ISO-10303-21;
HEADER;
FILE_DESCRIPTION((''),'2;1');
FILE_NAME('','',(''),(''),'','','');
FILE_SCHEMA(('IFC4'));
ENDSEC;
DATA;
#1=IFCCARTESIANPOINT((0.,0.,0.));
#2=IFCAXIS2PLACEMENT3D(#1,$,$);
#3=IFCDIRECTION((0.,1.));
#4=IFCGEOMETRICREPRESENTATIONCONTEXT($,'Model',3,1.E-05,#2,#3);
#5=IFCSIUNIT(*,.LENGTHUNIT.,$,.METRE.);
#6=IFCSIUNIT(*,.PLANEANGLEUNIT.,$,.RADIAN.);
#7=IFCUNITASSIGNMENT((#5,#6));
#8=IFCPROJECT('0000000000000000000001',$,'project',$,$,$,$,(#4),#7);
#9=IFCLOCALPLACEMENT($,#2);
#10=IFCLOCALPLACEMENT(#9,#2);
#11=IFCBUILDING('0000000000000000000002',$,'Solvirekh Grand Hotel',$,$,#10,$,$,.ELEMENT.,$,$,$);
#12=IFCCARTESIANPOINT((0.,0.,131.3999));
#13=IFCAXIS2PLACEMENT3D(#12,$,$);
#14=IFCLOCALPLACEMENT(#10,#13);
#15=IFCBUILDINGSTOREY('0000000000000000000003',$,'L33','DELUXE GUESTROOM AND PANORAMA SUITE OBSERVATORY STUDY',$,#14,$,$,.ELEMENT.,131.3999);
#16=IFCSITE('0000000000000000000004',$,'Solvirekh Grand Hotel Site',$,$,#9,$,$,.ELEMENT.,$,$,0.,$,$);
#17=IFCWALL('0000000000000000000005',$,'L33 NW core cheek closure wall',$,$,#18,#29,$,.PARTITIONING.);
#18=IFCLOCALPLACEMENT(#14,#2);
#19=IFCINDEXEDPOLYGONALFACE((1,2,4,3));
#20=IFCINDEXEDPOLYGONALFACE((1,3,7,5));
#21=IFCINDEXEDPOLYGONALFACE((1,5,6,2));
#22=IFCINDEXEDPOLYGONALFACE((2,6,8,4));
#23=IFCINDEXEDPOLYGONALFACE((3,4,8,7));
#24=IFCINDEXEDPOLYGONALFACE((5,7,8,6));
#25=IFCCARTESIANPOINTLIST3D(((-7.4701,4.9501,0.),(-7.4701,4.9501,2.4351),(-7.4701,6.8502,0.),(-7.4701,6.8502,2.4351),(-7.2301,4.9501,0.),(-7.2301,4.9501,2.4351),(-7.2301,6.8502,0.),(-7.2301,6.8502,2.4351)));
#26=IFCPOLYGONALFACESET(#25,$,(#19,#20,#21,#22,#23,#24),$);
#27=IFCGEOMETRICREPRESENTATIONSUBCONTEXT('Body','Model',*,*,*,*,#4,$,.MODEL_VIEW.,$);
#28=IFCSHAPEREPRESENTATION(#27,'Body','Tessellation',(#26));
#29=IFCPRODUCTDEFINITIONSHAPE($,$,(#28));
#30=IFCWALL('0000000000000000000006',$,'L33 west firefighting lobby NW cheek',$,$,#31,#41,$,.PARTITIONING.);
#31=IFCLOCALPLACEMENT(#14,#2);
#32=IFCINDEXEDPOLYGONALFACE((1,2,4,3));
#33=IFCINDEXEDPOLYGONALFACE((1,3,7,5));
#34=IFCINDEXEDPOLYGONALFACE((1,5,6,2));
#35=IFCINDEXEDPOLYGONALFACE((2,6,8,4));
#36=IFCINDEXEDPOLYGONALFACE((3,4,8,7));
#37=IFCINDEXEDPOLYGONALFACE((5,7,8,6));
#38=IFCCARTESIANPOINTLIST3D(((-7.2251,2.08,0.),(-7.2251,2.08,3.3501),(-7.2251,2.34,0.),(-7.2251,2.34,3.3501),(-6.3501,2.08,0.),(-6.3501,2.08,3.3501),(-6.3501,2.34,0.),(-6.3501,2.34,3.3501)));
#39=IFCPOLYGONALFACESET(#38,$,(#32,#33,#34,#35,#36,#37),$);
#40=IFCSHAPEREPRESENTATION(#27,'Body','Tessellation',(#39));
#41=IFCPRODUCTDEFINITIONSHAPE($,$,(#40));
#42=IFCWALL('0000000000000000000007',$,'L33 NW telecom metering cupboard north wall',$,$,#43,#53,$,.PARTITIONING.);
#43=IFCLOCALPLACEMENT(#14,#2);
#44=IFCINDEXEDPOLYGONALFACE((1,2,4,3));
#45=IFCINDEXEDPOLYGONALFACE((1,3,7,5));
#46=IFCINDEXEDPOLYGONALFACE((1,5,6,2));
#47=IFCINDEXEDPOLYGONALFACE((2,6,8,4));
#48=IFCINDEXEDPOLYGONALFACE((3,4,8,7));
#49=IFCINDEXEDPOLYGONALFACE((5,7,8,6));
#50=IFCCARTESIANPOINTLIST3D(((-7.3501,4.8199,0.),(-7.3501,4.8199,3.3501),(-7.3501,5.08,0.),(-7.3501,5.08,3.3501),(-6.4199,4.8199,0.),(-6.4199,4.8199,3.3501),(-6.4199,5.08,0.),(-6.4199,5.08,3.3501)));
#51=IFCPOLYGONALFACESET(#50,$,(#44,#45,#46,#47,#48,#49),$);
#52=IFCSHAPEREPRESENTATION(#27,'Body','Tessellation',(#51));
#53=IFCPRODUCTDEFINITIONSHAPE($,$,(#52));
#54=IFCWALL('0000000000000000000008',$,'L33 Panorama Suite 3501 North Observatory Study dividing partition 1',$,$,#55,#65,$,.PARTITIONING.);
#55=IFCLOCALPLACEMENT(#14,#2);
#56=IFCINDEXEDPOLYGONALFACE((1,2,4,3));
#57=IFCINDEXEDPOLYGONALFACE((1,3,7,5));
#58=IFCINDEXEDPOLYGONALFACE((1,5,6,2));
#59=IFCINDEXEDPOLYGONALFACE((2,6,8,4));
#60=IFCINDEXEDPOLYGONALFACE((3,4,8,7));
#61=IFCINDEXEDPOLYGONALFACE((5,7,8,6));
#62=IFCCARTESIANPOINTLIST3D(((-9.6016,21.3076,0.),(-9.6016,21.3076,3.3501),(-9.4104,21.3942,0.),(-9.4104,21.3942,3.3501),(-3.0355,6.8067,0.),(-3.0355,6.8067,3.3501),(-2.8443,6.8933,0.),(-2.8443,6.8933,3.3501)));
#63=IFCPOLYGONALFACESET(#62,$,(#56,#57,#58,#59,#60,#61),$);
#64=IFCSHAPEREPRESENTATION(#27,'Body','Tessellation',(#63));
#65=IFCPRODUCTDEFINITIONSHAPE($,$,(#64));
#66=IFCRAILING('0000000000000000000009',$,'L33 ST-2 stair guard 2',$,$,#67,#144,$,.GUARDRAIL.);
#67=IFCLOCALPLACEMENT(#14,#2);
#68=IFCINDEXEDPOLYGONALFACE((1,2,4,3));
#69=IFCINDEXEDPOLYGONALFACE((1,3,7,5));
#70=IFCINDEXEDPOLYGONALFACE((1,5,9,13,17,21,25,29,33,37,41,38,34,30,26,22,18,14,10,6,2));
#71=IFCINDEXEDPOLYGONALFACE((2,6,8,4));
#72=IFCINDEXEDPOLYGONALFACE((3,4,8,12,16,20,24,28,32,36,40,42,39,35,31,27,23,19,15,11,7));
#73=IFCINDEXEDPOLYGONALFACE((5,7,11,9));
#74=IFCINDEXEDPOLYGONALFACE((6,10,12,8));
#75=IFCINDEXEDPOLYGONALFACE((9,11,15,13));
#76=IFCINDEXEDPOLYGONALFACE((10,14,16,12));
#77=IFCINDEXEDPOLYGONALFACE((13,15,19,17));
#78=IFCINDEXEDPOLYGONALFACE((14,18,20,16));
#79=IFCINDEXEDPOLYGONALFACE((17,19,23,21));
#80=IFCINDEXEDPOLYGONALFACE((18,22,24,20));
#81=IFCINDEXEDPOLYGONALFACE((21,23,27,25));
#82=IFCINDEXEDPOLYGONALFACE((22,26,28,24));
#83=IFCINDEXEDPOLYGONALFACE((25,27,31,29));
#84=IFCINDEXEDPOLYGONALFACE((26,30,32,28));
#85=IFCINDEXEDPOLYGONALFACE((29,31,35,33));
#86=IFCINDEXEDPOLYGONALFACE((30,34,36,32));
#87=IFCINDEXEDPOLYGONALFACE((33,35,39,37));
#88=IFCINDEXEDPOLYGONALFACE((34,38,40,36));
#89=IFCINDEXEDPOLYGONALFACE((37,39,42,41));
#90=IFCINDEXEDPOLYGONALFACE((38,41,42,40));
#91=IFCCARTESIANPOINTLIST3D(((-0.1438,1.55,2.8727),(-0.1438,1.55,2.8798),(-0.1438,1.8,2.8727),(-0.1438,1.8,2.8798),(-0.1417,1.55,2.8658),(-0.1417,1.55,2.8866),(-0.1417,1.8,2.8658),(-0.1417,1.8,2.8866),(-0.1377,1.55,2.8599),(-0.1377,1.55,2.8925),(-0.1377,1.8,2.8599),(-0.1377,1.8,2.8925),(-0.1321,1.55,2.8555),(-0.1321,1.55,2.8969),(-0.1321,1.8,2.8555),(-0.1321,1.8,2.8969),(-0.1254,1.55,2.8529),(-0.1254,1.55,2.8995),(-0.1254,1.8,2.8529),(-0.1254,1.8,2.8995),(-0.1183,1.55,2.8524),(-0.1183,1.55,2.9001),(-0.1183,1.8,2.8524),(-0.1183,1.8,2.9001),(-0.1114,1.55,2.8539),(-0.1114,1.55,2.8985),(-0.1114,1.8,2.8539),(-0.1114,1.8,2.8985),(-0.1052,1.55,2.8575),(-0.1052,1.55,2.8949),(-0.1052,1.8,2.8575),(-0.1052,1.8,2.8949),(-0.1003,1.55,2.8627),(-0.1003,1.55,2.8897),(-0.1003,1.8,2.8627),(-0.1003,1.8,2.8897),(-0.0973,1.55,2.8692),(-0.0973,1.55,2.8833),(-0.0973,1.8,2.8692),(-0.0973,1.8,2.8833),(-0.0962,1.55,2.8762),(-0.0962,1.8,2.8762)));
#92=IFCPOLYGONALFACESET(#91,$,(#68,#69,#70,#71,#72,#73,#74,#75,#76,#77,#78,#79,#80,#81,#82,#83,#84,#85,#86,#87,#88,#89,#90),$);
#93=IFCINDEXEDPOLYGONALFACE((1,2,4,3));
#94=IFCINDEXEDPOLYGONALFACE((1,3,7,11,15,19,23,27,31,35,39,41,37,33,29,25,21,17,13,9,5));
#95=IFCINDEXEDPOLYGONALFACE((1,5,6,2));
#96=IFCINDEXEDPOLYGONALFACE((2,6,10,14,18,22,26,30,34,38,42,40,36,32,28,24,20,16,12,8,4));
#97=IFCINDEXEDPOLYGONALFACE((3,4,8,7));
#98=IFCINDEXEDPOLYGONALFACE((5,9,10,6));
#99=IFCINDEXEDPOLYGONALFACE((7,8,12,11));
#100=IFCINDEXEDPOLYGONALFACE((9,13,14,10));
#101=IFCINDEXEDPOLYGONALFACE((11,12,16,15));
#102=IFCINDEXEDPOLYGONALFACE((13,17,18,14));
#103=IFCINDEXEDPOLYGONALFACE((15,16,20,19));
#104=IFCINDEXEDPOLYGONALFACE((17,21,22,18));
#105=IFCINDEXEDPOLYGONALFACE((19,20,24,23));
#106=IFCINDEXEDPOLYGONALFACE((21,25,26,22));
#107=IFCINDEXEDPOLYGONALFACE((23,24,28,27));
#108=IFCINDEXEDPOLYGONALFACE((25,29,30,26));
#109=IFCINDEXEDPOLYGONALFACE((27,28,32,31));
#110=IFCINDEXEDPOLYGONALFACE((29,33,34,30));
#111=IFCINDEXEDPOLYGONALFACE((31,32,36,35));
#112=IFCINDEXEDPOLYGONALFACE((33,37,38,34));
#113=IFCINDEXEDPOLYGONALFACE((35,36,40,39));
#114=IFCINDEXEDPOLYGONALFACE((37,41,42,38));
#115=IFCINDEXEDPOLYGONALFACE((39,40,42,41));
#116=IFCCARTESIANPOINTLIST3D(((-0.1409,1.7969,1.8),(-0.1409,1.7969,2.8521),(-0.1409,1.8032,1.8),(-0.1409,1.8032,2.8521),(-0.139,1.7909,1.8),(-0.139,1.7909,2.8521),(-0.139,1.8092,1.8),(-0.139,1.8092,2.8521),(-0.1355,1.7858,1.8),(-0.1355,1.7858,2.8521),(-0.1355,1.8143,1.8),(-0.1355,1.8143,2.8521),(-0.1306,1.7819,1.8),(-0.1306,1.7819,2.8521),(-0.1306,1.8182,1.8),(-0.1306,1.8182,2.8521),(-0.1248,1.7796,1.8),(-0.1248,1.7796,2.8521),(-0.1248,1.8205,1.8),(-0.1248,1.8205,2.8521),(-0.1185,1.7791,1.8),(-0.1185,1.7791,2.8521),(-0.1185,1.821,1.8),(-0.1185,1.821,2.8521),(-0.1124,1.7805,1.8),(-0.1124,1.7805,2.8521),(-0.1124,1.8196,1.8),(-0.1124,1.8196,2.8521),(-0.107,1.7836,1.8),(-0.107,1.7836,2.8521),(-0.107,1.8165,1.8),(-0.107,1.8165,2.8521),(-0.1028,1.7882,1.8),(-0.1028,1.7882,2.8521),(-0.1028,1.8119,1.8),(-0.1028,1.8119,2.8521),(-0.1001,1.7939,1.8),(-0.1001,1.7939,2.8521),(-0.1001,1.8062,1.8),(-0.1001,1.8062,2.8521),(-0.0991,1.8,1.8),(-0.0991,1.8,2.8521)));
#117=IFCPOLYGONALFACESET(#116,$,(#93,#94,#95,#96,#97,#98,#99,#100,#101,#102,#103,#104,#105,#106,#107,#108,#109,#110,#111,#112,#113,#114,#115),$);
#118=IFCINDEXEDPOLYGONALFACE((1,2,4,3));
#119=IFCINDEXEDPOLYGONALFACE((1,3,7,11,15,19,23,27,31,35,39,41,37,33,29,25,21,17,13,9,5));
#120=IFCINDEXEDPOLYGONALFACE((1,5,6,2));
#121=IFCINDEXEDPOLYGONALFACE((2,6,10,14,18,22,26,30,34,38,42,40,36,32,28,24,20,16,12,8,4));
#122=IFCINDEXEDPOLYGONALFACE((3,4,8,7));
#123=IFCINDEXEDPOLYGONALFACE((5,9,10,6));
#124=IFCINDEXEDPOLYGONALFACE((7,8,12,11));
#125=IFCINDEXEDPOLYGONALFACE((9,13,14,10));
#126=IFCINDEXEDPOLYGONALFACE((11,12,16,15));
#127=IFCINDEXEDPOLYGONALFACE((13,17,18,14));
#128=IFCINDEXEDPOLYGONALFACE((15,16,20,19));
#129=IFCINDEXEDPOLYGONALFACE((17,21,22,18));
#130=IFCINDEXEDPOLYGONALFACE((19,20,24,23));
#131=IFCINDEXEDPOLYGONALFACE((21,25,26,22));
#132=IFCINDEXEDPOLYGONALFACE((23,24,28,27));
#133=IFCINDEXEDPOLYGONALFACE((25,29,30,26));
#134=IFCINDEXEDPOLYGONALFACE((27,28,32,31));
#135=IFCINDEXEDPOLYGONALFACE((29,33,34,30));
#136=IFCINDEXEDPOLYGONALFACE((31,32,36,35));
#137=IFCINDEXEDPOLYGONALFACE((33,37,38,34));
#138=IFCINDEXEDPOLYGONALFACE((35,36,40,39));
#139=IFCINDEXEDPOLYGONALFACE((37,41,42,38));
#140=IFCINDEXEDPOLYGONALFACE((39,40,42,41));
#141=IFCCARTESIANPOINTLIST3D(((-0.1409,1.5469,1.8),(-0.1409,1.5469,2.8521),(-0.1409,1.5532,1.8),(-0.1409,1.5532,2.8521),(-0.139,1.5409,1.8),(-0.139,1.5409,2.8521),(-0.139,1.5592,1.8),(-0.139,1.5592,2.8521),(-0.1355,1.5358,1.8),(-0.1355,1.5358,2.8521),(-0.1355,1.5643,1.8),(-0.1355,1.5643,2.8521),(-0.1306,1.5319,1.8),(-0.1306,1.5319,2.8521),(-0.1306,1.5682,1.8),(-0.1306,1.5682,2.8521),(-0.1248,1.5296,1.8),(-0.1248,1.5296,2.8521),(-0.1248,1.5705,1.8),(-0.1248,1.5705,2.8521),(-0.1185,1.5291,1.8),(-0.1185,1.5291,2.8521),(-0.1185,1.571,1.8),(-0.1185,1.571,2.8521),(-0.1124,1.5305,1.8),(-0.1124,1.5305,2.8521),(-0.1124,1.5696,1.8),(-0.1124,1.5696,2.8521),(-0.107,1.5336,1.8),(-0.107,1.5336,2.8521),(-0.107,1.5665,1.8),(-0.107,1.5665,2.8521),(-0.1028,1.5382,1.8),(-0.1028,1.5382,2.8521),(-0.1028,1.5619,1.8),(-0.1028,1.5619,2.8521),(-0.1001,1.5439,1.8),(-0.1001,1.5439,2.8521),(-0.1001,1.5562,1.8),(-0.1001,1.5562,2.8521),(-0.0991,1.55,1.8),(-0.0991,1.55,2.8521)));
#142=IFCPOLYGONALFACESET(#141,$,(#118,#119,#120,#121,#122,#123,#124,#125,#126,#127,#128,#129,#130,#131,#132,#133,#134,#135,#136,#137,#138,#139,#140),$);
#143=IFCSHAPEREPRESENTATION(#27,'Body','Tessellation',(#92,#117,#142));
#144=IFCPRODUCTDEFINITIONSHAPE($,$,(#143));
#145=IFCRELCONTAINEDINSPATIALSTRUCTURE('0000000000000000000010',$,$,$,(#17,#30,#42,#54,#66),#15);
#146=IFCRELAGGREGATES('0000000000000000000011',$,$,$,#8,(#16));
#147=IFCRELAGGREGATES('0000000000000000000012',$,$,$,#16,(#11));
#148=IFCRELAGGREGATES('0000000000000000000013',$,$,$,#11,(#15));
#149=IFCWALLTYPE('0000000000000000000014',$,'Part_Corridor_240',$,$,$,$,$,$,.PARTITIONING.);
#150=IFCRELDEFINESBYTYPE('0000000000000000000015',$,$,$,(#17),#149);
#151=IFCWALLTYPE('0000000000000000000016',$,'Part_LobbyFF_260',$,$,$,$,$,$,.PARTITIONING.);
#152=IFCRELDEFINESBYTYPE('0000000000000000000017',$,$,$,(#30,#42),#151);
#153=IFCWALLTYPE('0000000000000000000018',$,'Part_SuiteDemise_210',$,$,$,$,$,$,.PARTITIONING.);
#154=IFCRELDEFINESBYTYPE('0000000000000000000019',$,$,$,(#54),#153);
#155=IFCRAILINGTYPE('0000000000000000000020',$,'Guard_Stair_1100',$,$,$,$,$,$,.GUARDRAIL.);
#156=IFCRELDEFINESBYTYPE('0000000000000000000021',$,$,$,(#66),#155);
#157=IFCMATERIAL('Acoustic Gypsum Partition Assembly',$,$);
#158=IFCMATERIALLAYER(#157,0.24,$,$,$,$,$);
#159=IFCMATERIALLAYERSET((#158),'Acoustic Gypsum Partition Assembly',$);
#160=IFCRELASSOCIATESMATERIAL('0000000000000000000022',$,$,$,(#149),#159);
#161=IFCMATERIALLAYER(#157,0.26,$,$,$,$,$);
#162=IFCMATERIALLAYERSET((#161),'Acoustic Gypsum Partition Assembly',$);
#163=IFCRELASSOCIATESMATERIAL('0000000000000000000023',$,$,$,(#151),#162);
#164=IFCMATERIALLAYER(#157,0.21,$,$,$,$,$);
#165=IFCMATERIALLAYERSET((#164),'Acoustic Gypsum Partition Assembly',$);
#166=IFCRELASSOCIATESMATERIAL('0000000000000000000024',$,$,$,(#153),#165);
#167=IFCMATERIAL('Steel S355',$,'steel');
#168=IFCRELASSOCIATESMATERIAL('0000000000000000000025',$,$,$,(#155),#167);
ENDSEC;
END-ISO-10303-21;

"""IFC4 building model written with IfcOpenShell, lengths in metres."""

from ifc_helpers import new_model, si_unit, direction, frame, frame_2d, origin, origin_2d, place, context, subcontext, project, spatial, rectangle, circle, extrude, material, layer, layer_set, type_object, element, save


model = new_model("IFC4")

# Units and contexts
model_context = context("Model", 3, precision=1e-05, world=origin(), true_north=direction((0.0, 1.0)))
body_context = subcontext(model_context, "Body", "Model", "MODEL_VIEW")
ifc_project = project(units=[si_unit("LENGTHUNIT", "METRE"), si_unit("PLANEANGLEUNIT", "RADIAN")], contexts=[model_context])

# Site, building, storey
site_placement = place(None, origin())
site = spatial("IfcSite", under=ifc_project, at=site_placement, Name="Solvirekh Grand Hotel Site", CompositionType="ELEMENT", RefElevation=0.0)
building_placement = place(site_placement, origin())
building = spatial("IfcBuilding", under=site, at=building_placement, Name="Solvirekh Grand Hotel", CompositionType="ELEMENT")
storey_placement = place(building_placement, frame((0.0, 0.0, 131.3999)))
storey = spatial("IfcBuildingStorey", under=building, at=storey_placement, Name="L33", Description="DELUXE GUESTROOM AND PANORAMA SUITE OBSERVATORY STUDY", CompositionType="ELEMENT", Elevation=131.3999)

# Shared definitions
ifc_material_1 = material(Name="Steel S355", Category="steel")

# Walls
ifc_material_2 = material(Name="Acoustic Gypsum Partition Assembly")
ifc_layer_1 = layer(ifc_material_2, 0.24)
ifc_layer_set_1 = layer_set([ifc_layer_1], Name="Acoustic Gypsum Partition Assembly")
wall_type_1 = type_object("IfcWallType", Name="Part_Corridor_240", PredefinedType="PARTITIONING", material=ifc_layer_set_1)
wall_1_placement = place(storey_placement, frame((-7.3501, 4.95, 0.0), z_axis=(0.0, 0.0, 1.0), x_axis=(0.0, 1.0, 0.0)))
element("IfcWall", 1, at=wall_1_placement, inside=storey, type_object=wall_type_1, Name="L33 NW core cheek closure wall", PredefinedType="PARTITIONING", context=body_context, shape_type="SweptSolid", body=[
    extrude(rectangle(XDim=1.9001, YDim=0.24, at=frame_2d((0.9502, 0.0))), origin(), (0.0, 0.0, 1.0), 2.4351),
])
ifc_layer_2 = layer(ifc_material_2, 0.26)
ifc_layer_set_2 = layer_set([ifc_layer_2], Name="Acoustic Gypsum Partition Assembly")
wall_type_2 = type_object("IfcWallType", Name="Part_LobbyFF_260", PredefinedType="PARTITIONING", material=ifc_layer_set_2)
wall_2_placement = place(storey_placement, frame((-7.2251, 2.21, 0.0), z_axis=(0.0, 0.0, 1.0), x_axis=(1.0, 0.0, 0.0)))
element("IfcWall", 2, at=wall_2_placement, inside=storey, type_object=wall_type_2, Name="L33 west firefighting lobby NW cheek", PredefinedType="PARTITIONING", context=body_context, shape_type="SweptSolid", body=[
    extrude(rectangle(XDim=0.875, YDim=0.26, at=frame_2d((0.4375, 0.0))), origin(), (0.0, 0.0, 1.0), 3.3501),
])
wall_3_placement = place(storey_placement, frame((-7.3501, 4.95, 0.0), z_axis=(0.0, 0.0, 1.0), x_axis=(1.0, 0.0, 0.0)))
element("IfcWall", 3, at=wall_3_placement, inside=storey, type_object=wall_type_2, Name="L33 NW telecom metering cupboard north wall", PredefinedType="PARTITIONING", context=body_context, shape_type="SweptSolid", body=[
    extrude(rectangle(XDim=0.9302, YDim=0.26, at=frame_2d((0.4651, 0.0))), origin(), (0.0, 0.0, 1.0), 3.3501),
])
ifc_layer_3 = layer(ifc_material_2, 0.21)
ifc_layer_set_3 = layer_set([ifc_layer_3], Name="Acoustic Gypsum Partition Assembly")
wall_type_3 = type_object("IfcWallType", Name="Part_SuiteDemise_210", PredefinedType="PARTITIONING", material=ifc_layer_set_3)
wall_4_placement = place(storey_placement, frame((-2.9399, 6.8501, 0.0), z_axis=(0.0, 0.0, 1.0), x_axis=(-0.412491, 0.910962, 0.0)))
element("IfcWall", 4, at=wall_4_placement, inside=storey, type_object=wall_type_3, Name="L33 Panorama Suite 3501 North Observatory Study dividing partition 1", PredefinedType="PARTITIONING", context=body_context, shape_type="SweptSolid", body=[
    extrude(rectangle(XDim=15.9182, YDim=0.21, at=frame_2d((7.959, 0.0))), origin(), (0.0, 0.0, 1.0), 3.3501),
])

# Railing
railing_type = type_object("IfcRailingType", Name="Guard_Stair_1100", PredefinedType="GUARDRAIL", material=ifc_material_1)
railing_1_placement = place(storey_placement, frame((-0.1201, 1.8, 1.8)))
element("IfcRailing", 5, at=railing_1_placement, inside=storey, type_object=railing_type, Name="L33 ST-2 stair guard 2", PredefinedType="GUARDRAIL", context=body_context, shape_type="SweptSolid", body=[
    extrude(circle(Radius=0.0239, at=origin_2d()), frame((0.0, 0.0, 1.0762), z_axis=(0.0, -1.0, 0.0), x_axis=(1.0, 0.0, 0.0)), (0.0, 0.0, 1.0), 0.25),
    extrude(circle(Radius=0.021, at=origin_2d()), origin(), (0.0, 0.0, 1.0), 1.052),
    extrude(circle(Radius=0.021, at=origin_2d()), frame((0.0, -0.25, 0.0)), (0.0, 0.0, 1.0), 1.052),
])

save(model, "model.ifc")
